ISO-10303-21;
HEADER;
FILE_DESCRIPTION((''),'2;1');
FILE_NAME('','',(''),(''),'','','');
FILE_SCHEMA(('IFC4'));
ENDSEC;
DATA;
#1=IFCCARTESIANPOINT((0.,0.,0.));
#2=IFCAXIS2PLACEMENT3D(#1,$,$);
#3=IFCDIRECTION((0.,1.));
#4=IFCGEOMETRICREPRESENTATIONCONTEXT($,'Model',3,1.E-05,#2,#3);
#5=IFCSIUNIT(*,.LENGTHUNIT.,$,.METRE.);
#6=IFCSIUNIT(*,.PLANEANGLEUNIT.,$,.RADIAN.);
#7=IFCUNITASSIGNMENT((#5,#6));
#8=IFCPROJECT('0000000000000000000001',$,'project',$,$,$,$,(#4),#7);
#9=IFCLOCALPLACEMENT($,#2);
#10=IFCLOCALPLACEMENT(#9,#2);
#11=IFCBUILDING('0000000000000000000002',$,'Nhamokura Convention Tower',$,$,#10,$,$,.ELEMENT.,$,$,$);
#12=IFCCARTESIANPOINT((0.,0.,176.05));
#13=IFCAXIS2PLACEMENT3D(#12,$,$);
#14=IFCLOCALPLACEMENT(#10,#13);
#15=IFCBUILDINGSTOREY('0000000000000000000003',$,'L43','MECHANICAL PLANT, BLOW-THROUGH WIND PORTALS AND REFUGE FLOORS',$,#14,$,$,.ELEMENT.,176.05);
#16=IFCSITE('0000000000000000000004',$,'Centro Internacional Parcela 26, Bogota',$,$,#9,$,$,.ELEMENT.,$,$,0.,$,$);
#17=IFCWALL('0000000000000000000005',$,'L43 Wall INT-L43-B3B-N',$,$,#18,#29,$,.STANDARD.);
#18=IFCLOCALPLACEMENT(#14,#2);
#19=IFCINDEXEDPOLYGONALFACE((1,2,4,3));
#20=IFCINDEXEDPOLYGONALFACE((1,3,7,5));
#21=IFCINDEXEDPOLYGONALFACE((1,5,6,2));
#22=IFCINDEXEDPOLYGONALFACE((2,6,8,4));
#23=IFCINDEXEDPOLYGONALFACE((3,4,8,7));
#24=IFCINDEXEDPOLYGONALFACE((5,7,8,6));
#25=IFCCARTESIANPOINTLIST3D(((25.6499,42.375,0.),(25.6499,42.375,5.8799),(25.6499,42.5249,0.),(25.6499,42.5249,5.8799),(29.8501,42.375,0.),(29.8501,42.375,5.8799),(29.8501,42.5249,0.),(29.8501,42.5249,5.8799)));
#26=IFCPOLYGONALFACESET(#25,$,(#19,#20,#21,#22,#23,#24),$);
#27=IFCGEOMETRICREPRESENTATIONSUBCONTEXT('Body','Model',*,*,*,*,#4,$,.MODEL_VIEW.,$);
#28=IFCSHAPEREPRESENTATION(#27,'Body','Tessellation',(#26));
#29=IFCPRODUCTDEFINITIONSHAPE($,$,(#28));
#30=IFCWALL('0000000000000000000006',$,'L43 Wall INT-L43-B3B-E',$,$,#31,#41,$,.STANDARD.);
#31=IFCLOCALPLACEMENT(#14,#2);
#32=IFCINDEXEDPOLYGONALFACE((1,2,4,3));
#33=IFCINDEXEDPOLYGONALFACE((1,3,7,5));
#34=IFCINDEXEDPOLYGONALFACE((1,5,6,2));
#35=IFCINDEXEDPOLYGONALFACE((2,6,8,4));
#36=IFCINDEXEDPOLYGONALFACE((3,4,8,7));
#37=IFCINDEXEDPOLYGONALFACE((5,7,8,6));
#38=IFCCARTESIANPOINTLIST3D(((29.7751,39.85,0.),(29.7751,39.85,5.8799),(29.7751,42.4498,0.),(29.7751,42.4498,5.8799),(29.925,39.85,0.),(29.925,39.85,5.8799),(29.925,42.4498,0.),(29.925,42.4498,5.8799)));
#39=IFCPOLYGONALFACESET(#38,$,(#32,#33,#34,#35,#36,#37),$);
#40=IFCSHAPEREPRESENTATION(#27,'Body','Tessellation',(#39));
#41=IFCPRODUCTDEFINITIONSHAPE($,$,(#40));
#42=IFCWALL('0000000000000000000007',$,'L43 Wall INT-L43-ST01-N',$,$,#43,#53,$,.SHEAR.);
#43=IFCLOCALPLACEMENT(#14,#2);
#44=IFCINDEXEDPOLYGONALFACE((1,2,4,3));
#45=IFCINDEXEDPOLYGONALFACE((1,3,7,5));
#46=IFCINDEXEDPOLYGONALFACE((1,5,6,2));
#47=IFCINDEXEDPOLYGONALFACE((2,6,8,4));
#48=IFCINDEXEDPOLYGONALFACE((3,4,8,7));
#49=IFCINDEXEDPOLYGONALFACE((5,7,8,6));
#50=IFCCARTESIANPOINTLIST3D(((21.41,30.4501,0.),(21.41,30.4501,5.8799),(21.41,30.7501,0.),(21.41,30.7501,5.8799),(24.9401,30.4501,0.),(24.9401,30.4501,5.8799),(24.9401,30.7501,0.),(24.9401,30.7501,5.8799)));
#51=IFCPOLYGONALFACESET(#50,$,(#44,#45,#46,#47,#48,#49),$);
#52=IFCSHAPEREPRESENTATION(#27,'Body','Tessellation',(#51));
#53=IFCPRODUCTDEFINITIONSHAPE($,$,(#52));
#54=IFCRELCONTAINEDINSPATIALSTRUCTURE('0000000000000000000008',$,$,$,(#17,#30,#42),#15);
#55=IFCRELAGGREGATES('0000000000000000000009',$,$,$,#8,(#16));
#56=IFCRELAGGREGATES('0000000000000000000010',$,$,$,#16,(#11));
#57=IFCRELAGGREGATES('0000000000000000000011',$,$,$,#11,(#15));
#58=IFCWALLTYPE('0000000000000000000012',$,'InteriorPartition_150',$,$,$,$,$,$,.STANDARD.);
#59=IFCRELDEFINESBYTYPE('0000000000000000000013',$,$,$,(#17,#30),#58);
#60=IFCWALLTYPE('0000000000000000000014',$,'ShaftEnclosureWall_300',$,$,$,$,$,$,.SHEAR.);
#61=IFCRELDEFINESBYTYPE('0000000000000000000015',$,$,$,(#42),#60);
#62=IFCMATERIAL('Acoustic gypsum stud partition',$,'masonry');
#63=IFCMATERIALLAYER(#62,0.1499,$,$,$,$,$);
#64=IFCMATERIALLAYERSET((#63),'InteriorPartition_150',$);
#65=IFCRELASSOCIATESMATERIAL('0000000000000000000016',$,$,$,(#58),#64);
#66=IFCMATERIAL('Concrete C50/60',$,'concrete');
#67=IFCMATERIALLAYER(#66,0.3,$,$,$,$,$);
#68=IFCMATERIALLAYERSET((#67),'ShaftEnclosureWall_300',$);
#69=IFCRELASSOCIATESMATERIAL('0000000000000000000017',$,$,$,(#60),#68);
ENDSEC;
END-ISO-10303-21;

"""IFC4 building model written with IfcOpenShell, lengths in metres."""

from ifc_helpers import new_model, si_unit, direction, frame, frame_2d, origin, place, context, subcontext, project, spatial, rectangle, extrude, material, layer, layer_set, type_object, element, save


model = new_model("IFC4")

# Units and contexts
model_context = context("Model", 3, precision=1e-05, world=origin(), true_north=direction((0.0, 1.0)))
body_context = subcontext(model_context, "Body", "Model", "MODEL_VIEW")
ifc_project = project(units=[si_unit("LENGTHUNIT", "METRE"), si_unit("PLANEANGLEUNIT", "RADIAN")], contexts=[model_context])

# Site, building, storey
site_placement = place(None, origin())
site = spatial("IfcSite", under=ifc_project, at=site_placement, Name="Centro Internacional Parcela 26, Bogota", CompositionType="ELEMENT", RefElevation=0.0)
building_placement = place(site_placement, origin())
building = spatial("IfcBuilding", under=site, at=building_placement, Name="Nhamokura Convention Tower", CompositionType="ELEMENT")
storey_placement = place(building_placement, frame((0.0, 0.0, 176.05)))
storey = spatial("IfcBuildingStorey", under=building, at=storey_placement, Name="L43", Description="MECHANICAL PLANT, BLOW-THROUGH WIND PORTALS AND REFUGE FLOORS", CompositionType="ELEMENT", Elevation=176.05)

# Walls
ifc_material_1 = material(Name="Acoustic gypsum stud partition", Category="masonry")
ifc_layer_1 = layer(ifc_material_1, 0.1499)
ifc_layer_set_1 = layer_set([ifc_layer_1], Name="InteriorPartition_150")
wall_type_1 = type_object("IfcWallType", Name="InteriorPartition_150", PredefinedType="STANDARD", material=ifc_layer_set_1)
wall_1_placement = place(storey_placement, frame((25.6499, 42.45, 0.0), z_axis=(0.0, 0.0, 1.0), x_axis=(1.0, 0.0, 0.0)))
element("IfcWall", 1, at=wall_1_placement, inside=storey, type_object=wall_type_1, Name="L43 Wall INT-L43-B3B-N", PredefinedType="STANDARD", context=body_context, shape_type="SweptSolid", body=[
    extrude(rectangle(XDim=4.2002, YDim=0.1499, at=frame_2d((2.1001, 0.0))), origin(), (0.0, 0.0, 1.0), 5.8799),
])
wall_2_placement = place(storey_placement, frame((29.8501, 39.8501, 0.0), z_axis=(0.0, 0.0, 1.0), x_axis=(0.0, 1.0, 0.0)))
element("IfcWall", 2, at=wall_2_placement, inside=storey, type_object=wall_type_1, Name="L43 Wall INT-L43-B3B-E", PredefinedType="STANDARD", context=body_context, shape_type="SweptSolid", body=[
    extrude(rectangle(XDim=2.5999, YDim=0.1499, at=frame_2d((1.2998, 0.0))), origin(), (0.0, 0.0, 1.0), 5.8799),
])
ifc_material_2 = material(Name="Concrete C50/60", Category="concrete")
ifc_layer_2 = layer(ifc_material_2, 0.3)
ifc_layer_set_2 = layer_set([ifc_layer_2], Name="ShaftEnclosureWall_300")
wall_type_2 = type_object("IfcWallType", Name="ShaftEnclosureWall_300", PredefinedType="SHEAR", material=ifc_layer_set_2)
wall_3_placement = place(storey_placement, frame((21.4099, 30.6001, 0.0), z_axis=(0.0, 0.0, 1.0), x_axis=(1.0, 0.0, 0.0)))
element("IfcWall", 3, at=wall_3_placement, inside=storey, type_object=wall_type_2, Name="L43 Wall INT-L43-ST01-N", PredefinedType="SHEAR", context=body_context, shape_type="SweptSolid", body=[
    extrude(rectangle(XDim=3.53, YDim=0.3, at=frame_2d((1.7651, 0.0))), origin(), (0.0, 0.0, 1.0), 5.8799),
])

save(model, "model.ifc")
